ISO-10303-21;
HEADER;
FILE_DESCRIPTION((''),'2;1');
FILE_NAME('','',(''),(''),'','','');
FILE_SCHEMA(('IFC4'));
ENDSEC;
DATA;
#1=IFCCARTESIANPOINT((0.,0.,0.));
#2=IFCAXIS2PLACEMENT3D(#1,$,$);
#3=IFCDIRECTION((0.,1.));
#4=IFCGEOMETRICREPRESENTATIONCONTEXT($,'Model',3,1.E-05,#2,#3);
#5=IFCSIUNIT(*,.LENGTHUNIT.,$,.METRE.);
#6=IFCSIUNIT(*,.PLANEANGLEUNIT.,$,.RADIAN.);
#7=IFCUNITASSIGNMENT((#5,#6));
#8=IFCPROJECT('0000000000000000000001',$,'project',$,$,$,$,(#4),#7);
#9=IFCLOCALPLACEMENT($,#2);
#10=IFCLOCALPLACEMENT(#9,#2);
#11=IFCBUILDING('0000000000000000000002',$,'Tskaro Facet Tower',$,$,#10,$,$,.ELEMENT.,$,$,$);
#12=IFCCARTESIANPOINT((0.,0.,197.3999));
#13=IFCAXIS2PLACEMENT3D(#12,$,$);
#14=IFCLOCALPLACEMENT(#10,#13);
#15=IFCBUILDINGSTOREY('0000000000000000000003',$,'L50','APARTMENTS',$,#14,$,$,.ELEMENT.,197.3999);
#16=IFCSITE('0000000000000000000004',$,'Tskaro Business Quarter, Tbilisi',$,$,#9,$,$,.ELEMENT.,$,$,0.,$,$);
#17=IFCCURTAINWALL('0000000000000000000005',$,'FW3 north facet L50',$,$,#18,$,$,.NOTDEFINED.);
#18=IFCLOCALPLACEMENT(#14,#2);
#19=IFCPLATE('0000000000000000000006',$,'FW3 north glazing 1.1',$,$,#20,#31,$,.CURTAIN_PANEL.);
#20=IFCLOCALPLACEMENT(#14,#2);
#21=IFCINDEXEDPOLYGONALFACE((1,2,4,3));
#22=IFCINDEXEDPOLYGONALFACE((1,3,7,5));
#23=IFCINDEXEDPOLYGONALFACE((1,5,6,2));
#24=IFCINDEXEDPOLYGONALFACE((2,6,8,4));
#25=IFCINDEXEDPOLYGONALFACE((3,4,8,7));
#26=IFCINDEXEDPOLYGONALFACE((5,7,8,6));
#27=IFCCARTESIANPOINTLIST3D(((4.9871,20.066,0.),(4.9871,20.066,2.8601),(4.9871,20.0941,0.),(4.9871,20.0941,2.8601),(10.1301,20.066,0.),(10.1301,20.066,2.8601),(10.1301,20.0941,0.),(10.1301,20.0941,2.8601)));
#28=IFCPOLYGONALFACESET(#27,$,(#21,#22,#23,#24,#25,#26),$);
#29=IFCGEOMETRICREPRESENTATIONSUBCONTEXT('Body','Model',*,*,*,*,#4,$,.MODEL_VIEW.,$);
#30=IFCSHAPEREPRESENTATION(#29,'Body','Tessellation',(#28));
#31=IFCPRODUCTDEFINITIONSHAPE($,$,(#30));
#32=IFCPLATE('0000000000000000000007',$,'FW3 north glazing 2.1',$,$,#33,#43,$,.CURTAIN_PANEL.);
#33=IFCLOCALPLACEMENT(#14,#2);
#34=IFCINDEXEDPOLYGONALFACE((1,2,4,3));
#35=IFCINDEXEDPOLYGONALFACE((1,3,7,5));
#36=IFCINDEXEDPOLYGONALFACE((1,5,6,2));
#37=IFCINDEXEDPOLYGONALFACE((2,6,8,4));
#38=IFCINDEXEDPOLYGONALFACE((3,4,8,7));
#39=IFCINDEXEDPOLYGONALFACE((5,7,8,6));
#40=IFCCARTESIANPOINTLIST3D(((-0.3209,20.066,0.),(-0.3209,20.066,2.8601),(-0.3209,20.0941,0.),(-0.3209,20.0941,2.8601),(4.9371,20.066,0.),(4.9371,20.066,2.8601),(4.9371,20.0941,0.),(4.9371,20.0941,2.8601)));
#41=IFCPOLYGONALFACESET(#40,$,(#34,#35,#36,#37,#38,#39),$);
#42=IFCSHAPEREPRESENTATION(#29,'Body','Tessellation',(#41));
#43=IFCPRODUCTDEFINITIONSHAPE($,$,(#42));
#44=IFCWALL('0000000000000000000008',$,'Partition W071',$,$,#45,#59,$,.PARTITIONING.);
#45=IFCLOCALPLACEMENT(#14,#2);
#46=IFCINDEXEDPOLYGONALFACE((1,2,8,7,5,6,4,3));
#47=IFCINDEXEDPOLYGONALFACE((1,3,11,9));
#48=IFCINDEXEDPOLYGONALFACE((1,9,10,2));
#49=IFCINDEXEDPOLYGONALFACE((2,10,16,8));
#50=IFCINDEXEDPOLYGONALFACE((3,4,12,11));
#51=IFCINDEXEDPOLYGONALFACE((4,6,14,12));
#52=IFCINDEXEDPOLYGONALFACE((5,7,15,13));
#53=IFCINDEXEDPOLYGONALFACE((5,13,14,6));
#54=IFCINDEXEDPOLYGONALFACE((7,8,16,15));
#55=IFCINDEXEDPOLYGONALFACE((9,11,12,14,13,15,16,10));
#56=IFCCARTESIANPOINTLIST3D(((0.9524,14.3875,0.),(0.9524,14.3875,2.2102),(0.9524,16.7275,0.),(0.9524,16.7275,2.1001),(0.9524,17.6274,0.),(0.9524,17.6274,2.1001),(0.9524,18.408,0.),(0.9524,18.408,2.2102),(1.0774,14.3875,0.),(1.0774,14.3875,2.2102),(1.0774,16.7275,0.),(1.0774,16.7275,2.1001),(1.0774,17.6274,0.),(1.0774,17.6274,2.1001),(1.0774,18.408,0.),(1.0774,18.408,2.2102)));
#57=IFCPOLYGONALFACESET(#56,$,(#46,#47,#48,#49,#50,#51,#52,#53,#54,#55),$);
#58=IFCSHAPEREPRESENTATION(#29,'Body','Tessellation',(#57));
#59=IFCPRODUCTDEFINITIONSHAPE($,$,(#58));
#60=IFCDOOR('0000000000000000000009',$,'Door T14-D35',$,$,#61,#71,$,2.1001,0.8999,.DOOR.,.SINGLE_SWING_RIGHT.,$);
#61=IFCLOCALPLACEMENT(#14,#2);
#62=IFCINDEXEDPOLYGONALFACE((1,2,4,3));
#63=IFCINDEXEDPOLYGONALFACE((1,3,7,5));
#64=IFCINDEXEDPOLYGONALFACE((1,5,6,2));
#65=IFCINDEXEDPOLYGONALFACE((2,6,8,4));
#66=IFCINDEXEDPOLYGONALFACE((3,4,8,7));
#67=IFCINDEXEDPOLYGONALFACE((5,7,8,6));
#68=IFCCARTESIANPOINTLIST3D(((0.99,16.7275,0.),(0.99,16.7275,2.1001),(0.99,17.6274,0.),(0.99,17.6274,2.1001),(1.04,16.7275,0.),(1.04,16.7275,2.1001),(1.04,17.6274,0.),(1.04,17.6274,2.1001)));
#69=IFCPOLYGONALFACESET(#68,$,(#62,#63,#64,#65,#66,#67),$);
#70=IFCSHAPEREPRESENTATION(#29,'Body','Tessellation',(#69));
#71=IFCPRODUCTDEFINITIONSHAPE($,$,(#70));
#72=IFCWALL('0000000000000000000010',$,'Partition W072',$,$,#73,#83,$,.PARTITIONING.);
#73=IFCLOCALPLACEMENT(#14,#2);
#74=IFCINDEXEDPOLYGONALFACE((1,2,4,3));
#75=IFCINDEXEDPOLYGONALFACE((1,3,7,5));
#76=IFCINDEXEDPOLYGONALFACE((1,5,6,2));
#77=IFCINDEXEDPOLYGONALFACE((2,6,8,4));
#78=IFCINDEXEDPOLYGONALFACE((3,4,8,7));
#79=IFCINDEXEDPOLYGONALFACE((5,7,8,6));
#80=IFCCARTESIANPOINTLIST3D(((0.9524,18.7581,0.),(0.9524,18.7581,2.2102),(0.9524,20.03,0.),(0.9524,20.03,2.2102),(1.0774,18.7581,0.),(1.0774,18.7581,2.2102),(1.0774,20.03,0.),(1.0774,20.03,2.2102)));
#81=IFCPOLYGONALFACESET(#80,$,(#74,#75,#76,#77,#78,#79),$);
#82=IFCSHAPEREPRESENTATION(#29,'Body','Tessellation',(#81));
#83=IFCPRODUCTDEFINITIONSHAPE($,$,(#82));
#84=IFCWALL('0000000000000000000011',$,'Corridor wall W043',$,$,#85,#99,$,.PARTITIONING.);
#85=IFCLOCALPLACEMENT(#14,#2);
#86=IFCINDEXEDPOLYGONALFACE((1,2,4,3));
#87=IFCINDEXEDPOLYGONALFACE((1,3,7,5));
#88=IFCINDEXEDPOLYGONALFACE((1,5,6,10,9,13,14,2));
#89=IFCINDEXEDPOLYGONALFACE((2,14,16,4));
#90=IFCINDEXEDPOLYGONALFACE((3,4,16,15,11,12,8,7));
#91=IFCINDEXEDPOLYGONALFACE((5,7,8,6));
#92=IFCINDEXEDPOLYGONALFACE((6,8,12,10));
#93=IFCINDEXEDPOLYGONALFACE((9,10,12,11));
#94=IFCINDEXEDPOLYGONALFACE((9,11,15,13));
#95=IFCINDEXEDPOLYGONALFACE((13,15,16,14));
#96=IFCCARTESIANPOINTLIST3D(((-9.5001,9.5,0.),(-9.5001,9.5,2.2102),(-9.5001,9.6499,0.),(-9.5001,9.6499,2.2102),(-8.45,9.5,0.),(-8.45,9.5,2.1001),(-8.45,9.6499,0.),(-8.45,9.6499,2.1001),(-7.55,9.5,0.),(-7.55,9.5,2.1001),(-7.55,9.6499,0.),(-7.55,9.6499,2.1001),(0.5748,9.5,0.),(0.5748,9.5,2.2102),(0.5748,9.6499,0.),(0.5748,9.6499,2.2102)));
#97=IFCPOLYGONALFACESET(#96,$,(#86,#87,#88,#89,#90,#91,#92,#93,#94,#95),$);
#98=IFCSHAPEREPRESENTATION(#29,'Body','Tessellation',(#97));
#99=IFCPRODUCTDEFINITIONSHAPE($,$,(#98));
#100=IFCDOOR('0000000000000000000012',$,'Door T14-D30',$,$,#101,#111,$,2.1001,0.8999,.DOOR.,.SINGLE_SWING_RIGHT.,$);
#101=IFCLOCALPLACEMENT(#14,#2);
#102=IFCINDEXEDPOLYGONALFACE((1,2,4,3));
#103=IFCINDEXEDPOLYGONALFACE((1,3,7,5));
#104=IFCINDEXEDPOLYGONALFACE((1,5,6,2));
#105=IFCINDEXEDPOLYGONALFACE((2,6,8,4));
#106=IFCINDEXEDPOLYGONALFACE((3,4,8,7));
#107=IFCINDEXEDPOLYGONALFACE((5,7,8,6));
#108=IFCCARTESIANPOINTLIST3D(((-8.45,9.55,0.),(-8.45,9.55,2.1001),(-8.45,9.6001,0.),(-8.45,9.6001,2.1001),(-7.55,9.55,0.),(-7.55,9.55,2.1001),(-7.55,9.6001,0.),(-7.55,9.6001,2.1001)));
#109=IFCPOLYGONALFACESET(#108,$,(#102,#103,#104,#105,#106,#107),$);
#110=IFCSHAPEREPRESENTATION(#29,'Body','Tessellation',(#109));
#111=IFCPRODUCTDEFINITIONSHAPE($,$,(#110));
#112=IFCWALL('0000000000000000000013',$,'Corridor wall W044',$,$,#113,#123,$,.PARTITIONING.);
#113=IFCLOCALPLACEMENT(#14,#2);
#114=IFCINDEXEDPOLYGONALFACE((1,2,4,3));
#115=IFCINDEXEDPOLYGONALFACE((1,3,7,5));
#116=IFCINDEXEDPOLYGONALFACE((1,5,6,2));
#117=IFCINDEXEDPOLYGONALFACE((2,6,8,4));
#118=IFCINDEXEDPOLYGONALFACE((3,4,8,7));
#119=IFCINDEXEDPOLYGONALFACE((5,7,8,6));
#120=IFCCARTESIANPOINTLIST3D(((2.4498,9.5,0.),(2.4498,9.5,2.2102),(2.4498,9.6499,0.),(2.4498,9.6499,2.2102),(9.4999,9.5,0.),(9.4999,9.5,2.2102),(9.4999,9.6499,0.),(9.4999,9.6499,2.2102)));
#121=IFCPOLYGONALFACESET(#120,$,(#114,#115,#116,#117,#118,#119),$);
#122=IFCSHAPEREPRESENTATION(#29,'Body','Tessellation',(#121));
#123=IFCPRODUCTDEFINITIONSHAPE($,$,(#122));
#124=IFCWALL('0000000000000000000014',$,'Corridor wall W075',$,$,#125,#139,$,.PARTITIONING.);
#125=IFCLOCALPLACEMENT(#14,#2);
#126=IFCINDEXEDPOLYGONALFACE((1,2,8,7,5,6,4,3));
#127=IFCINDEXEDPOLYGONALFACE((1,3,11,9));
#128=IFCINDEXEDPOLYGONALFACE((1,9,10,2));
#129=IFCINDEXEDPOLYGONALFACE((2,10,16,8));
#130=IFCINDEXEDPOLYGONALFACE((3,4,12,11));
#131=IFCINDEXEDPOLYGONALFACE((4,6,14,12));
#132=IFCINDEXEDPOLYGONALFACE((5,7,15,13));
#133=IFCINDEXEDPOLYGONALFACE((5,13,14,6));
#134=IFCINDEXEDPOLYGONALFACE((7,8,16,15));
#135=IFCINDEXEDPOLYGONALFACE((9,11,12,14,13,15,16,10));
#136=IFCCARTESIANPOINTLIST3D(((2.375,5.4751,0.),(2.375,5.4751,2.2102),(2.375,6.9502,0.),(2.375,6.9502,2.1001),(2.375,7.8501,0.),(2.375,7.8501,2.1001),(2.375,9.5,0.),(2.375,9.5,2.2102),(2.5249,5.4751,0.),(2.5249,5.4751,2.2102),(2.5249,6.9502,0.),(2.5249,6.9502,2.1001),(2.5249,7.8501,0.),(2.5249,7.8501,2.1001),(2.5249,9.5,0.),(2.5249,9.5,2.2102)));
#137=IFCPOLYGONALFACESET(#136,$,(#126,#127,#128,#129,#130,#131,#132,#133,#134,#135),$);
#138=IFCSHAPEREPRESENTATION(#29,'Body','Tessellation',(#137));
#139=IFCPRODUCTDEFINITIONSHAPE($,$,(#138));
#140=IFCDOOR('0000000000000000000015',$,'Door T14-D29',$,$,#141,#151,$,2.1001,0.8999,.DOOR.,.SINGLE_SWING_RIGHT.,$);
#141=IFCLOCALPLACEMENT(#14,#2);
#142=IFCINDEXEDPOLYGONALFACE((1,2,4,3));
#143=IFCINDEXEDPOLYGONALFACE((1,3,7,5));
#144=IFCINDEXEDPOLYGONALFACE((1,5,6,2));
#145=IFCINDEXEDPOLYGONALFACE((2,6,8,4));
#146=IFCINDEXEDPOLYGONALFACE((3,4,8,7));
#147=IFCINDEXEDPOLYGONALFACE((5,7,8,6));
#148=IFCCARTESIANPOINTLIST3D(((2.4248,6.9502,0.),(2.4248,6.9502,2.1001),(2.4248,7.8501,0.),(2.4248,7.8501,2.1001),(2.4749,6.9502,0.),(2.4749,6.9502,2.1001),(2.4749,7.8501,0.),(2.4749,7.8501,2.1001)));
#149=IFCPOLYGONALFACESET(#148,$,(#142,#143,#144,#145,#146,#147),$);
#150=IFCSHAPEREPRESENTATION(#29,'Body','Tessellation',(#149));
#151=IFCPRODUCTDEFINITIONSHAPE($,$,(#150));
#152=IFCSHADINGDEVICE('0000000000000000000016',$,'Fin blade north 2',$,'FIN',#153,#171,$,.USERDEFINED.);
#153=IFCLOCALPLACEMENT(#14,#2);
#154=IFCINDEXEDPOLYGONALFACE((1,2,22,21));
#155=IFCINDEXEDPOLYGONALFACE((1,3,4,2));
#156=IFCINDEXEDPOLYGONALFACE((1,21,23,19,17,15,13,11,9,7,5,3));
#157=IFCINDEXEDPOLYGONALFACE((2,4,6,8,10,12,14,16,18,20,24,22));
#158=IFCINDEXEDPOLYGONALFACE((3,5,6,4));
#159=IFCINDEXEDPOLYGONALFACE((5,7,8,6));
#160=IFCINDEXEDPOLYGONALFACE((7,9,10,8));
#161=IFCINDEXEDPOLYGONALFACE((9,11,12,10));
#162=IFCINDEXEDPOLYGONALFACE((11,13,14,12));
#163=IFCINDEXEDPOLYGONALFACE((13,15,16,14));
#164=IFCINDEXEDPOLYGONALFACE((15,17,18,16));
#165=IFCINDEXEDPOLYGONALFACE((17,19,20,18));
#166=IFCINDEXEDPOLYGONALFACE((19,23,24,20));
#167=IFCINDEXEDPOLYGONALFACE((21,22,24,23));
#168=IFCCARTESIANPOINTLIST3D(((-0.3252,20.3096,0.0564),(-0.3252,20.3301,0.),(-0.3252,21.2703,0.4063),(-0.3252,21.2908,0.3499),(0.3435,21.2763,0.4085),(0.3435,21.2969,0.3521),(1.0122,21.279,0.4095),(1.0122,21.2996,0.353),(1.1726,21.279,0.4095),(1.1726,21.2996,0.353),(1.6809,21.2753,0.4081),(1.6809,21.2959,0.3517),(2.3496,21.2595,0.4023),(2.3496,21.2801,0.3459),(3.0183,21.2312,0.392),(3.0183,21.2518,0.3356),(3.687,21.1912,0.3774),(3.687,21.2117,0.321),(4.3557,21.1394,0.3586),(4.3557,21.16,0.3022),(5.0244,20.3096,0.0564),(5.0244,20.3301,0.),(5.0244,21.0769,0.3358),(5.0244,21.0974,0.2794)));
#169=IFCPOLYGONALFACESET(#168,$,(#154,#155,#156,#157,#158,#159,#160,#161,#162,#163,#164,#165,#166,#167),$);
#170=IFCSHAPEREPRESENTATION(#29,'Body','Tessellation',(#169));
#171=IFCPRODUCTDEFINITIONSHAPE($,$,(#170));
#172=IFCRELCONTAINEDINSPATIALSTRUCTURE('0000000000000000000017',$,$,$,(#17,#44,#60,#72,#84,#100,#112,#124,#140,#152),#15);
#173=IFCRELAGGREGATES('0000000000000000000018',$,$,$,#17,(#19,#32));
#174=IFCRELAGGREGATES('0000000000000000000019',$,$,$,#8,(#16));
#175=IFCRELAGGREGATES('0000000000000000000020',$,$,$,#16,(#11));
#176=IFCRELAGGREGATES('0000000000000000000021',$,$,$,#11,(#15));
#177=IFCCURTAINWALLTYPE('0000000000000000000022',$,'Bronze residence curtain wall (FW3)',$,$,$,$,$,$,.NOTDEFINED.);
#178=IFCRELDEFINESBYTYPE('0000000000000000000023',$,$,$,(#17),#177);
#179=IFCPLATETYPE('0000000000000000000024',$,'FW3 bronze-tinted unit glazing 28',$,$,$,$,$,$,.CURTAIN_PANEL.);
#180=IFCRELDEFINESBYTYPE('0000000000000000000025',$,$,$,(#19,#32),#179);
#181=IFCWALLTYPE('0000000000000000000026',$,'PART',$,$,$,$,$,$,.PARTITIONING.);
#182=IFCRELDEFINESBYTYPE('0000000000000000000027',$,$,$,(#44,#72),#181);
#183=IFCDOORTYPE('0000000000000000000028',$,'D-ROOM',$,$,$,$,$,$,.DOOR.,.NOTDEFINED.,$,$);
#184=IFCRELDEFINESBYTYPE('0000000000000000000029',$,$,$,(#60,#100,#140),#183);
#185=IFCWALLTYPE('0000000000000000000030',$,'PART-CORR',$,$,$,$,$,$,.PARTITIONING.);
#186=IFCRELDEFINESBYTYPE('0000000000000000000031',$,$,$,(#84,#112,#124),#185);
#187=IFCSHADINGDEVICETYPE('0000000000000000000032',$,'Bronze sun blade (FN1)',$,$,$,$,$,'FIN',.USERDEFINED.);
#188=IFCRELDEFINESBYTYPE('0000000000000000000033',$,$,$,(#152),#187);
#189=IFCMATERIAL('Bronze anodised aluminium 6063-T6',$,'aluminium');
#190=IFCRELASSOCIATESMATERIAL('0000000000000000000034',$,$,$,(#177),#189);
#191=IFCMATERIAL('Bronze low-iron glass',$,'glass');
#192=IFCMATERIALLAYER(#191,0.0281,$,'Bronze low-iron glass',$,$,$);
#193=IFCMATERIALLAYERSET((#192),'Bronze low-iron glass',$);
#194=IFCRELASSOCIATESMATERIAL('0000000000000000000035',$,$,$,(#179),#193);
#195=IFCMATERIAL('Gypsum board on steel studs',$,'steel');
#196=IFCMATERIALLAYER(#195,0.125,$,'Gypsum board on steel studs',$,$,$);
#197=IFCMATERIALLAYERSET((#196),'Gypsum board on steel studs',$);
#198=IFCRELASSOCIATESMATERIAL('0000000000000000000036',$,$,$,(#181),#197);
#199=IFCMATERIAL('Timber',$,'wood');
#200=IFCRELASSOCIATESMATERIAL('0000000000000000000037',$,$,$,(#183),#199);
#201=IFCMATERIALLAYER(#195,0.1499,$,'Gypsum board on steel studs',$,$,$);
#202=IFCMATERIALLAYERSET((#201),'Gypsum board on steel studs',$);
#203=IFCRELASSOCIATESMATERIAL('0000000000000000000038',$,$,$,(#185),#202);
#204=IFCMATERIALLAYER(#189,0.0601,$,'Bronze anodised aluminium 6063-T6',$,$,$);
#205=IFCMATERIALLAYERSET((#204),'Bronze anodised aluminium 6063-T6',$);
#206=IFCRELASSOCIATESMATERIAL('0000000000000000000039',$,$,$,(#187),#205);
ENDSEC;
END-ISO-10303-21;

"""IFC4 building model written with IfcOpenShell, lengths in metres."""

from ifc_helpers import new_model, si_unit, direction, frame, frame_2d, origin, origin_2d, place, context, subcontext, project, spatial, polyline, rectangle, outline, extrude, material, layer, layer_set, type_object, element, fill, aggregate, save


model = new_model("IFC4")

# Units and contexts
model_context = context("Model", 3, precision=1e-05, world=origin(), true_north=direction((0.0, 1.0)))
body_context = subcontext(model_context, "Body", "Model", "MODEL_VIEW")
ifc_project = project(units=[si_unit("LENGTHUNIT", "METRE"), si_unit("PLANEANGLEUNIT", "RADIAN")], contexts=[model_context])

# Site, building, storey
site_placement = place(None, origin())
site = spatial("IfcSite", under=ifc_project, at=site_placement, Name="Tskaro Business Quarter, Tbilisi", CompositionType="ELEMENT", RefElevation=0.0)
building_placement = place(site_placement, origin())
building = spatial("IfcBuilding", under=site, at=building_placement, Name="Tskaro Facet Tower", CompositionType="ELEMENT")
storey_placement = place(building_placement, frame((0.0, 0.0, 197.3999)))
storey = spatial("IfcBuildingStorey", under=building, at=storey_placement, Name="L50", Description="APARTMENTS", CompositionType="ELEMENT", Elevation=197.3999)

# Curtain wall
ifc_material_1 = material(Name="Bronze anodised aluminium 6063-T6", Category="aluminium")
curtain_wall_type = type_object("IfcCurtainWallType", Name="Bronze residence curtain wall (FW3)", PredefinedType="NOTDEFINED", material=ifc_material_1)
curtain_wall_placement = place(storey_placement, origin())
curtain_wall = element("IfcCurtainWall", 1, at=curtain_wall_placement, inside=storey, type_object=curtain_wall_type, Name="FW3 north facet L50", PredefinedType="NOTDEFINED")

# Plates
ifc_material_2 = material(Name="Bronze low-iron glass", Category="glass")
ifc_layer_1 = layer(ifc_material_2, 0.0281, Name="Bronze low-iron glass")
ifc_layer_set_1 = layer_set([ifc_layer_1], Name="Bronze low-iron glass")
plate_type = type_object("IfcPlateType", Name="FW3 bronze-tinted unit glazing 28", PredefinedType="CURTAIN_PANEL", material=ifc_layer_set_1)
plate_1_placement = place(storey_placement, frame((7.5586, 20.0801, 0.0), z_axis=(0.0, 0.0, 1.0), x_axis=(-1.0, 0.0, 0.0)))
plate_1 = element("IfcPlate", 2, at=plate_1_placement, type_object=plate_type, Name="FW3 north glazing 1.1", PredefinedType="CURTAIN_PANEL", context=body_context, shape_type="SweptSolid", body=[
    extrude(rectangle(XDim=5.1431, YDim=0.0281, at=origin_2d()), origin(), (0.0, 0.0, 1.0), 2.8601),
])
plate_2_placement = place(storey_placement, frame((2.3081, 20.0801, 0.0), z_axis=(0.0, 0.0, 1.0), x_axis=(-1.0, 0.0, 0.0)))
plate_2 = element("IfcPlate", 3, at=plate_2_placement, type_object=plate_type, Name="FW3 north glazing 2.1", PredefinedType="CURTAIN_PANEL", context=body_context, shape_type="SweptSolid", body=[
    extrude(rectangle(XDim=5.2581, YDim=0.0281, at=origin_2d()), origin(), (0.0, 0.0, 1.0), 2.8601),
])
aggregate(curtain_wall, [plate_1, plate_2])

# Wall, opening, door
ifc_material_3 = material(Name="Gypsum board on steel studs", Category="steel")
ifc_layer_2 = layer(ifc_material_3, 0.125, Name="Gypsum board on steel studs")
ifc_layer_set_2 = layer_set([ifc_layer_2], Name="Gypsum board on steel studs")
wall_type_1 = type_object("IfcWallType", Name="PART", PredefinedType="PARTITIONING", material=ifc_layer_set_2)
wall_1_placement = place(storey_placement, frame((1.0149, 14.3875, 0.0), z_axis=(0.0, 0.0, 1.0), x_axis=(0.0, 1.0, 0.0)))
wall_1 = element("IfcWall", 4, at=wall_1_placement, inside=storey, type_object=wall_type_1, Name="Partition W071", PredefinedType="PARTITIONING", context=body_context, shape_type="SweptSolid", body=[
    extrude(rectangle(XDim=4.0205, YDim=0.125, at=frame_2d((2.0103, 0.0))), origin(), (0.0, 0.0, 1.0), 2.2102),
])
opening_1_placement = place(wall_1_placement, frame((2.3401, 0.0, 0.0)))
opening_1 = element("IfcOpeningElement", 5, at=opening_1_placement, cuts=wall_1, PredefinedType="OPENING", context=body_context, shape_type="SweptSolid", body=[
    extrude(rectangle(XDim=0.8999, YDim=2.1001, at=frame_2d((0.45, 1.05))), frame((0.0, 0.0725, 0.0), z_axis=(0.0, -1.0, 0.0), x_axis=(1.0, 0.0, 0.0)), (0.0, 0.0, 1.0), 0.145),
])
ifc_material_4 = material(Name="Timber", Category="wood")
door_type = type_object("IfcDoorType", Name="D-ROOM", OperationType="NOTDEFINED", PredefinedType="DOOR", material=ifc_material_4)
door_1_placement = place(opening_1_placement, origin())
door_1 = element("IfcDoor", 6, at=door_1_placement, inside=storey, type_object=door_type, Name="Door T14-D35", OperationType="SINGLE_SWING_RIGHT", OverallHeight=2.1001, OverallWidth=0.8999, PredefinedType="DOOR", context=body_context, shape_type="SweptSolid", body=[
    extrude(rectangle(XDim=0.8999, YDim=2.1001, at=frame_2d((0.45, 1.05))), frame((0.0, 0.0249, 0.0), z_axis=(0.0, -1.0, 0.0), x_axis=(1.0, 0.0, 0.0)), (0.0, 0.0, 1.0), 0.05),
])
fill(opening_1, door_1)

# Wall
wall_2_placement = place(storey_placement, frame((1.0149, 18.7581, 0.0), z_axis=(0.0, 0.0, 1.0), x_axis=(0.0, 1.0, 0.0)))
element("IfcWall", 7, at=wall_2_placement, inside=storey, type_object=wall_type_1, Name="Partition W072", PredefinedType="PARTITIONING", context=body_context, shape_type="SweptSolid", body=[
    extrude(rectangle(XDim=1.272, YDim=0.125, at=frame_2d((0.636, 0.0))), origin(), (0.0, 0.0, 1.0), 2.2102),
])

# Wall, opening, door
ifc_layer_3 = layer(ifc_material_3, 0.1499, Name="Gypsum board on steel studs")
ifc_layer_set_3 = layer_set([ifc_layer_3], Name="Gypsum board on steel studs")
wall_type_2 = type_object("IfcWallType", Name="PART-CORR", PredefinedType="PARTITIONING", material=ifc_layer_set_3)
wall_3_placement = place(storey_placement, frame((0.575, 9.575, 0.0), z_axis=(0.0, 0.0, 1.0), x_axis=(-1.0, 0.0, 0.0)))
wall_3 = element("IfcWall", 8, at=wall_3_placement, inside=storey, type_object=wall_type_2, Name="Corridor wall W043", PredefinedType="PARTITIONING", context=body_context, shape_type="SweptSolid", body=[
    extrude(rectangle(XDim=10.075, YDim=0.1499, at=frame_2d((5.0376, 0.0))), origin(), (0.0, 0.0, 1.0), 2.2102),
])
opening_2_placement = place(wall_3_placement, frame((8.125, 0.0, 0.0)))
opening_2 = element("IfcOpeningElement", 9, at=opening_2_placement, cuts=wall_3, PredefinedType="OPENING", context=body_context, shape_type="SweptSolid", body=[
    extrude(rectangle(XDim=0.8999, YDim=2.1001, at=frame_2d((0.45, 1.05))), frame((0.0, 0.085, 0.0), z_axis=(0.0, -1.0, 0.0), x_axis=(1.0, 0.0, 0.0)), (0.0, 0.0, 1.0), 0.1699),
])
door_2_placement = place(opening_2_placement, origin())
door_2 = element("IfcDoor", 10, at=door_2_placement, inside=storey, type_object=door_type, Name="Door T14-D30", OperationType="SINGLE_SWING_RIGHT", OverallHeight=2.1001, OverallWidth=0.8999, PredefinedType="DOOR", context=body_context, shape_type="SweptSolid", body=[
    extrude(rectangle(XDim=0.8999, YDim=2.1001, at=frame_2d((0.45, 1.05))), frame((0.0, 0.0249, 0.0), z_axis=(0.0, -1.0, 0.0), x_axis=(1.0, 0.0, 0.0)), (0.0, 0.0, 1.0), 0.05),
])
fill(opening_2, door_2)

# Wall
wall_4_placement = place(storey_placement, frame((2.45, 9.575, 0.0), z_axis=(0.0, 0.0, 1.0), x_axis=(1.0, 0.0, 0.0)))
element("IfcWall", 11, at=wall_4_placement, inside=storey, type_object=wall_type_2, Name="Corridor wall W044", PredefinedType="PARTITIONING", context=body_context, shape_type="SweptSolid", body=[
    extrude(rectangle(XDim=7.05, YDim=0.1499, at=frame_2d((3.5249, 0.0))), origin(), (0.0, 0.0, 1.0), 2.2102),
])

# Wall, opening, door
wall_5_placement = place(storey_placement, frame((2.45, 9.5, 0.0), z_axis=(0.0, 0.0, 1.0), x_axis=(0.0, -1.0, 0.0)))
wall_5 = element("IfcWall", 12, at=wall_5_placement, inside=storey, type_object=wall_type_2, Name="Corridor wall W075", PredefinedType="PARTITIONING", context=body_context, shape_type="SweptSolid", body=[
    extrude(rectangle(XDim=4.0249, YDim=0.1499, at=frame_2d((2.0125, 0.0))), origin(), (0.0, 0.0, 1.0), 2.2102),
])
opening_3_placement = place(wall_5_placement, frame((1.6499, 0.0, 0.0)))
opening_3 = element("IfcOpeningElement", 13, at=opening_3_placement, cuts=wall_5, PredefinedType="OPENING", context=body_context, shape_type="SweptSolid", body=[
    extrude(rectangle(XDim=0.8999, YDim=2.1001, at=frame_2d((0.45, 1.05))), frame((0.0, 0.085, 0.0), z_axis=(0.0, -1.0, 0.0), x_axis=(1.0, 0.0, 0.0)), (0.0, 0.0, 1.0), 0.1699),
])
door_3_placement = place(opening_3_placement, origin())
door_3 = element("IfcDoor", 14, at=door_3_placement, inside=storey, type_object=door_type, Name="Door T14-D29", OperationType="SINGLE_SWING_RIGHT", OverallHeight=2.1001, OverallWidth=0.8999, PredefinedType="DOOR", context=body_context, shape_type="SweptSolid", body=[
    extrude(rectangle(XDim=0.8999, YDim=2.1001, at=frame_2d((0.45, 1.05))), frame((0.0, 0.0249, 0.0), z_axis=(0.0, -1.0, 0.0), x_axis=(1.0, 0.0, 0.0)), (0.0, 0.0, 1.0), 0.05),
])
fill(opening_3, door_3)

# Shading device
ifc_layer_4 = layer(ifc_material_1, 0.0601, Name="Bronze anodised aluminium 6063-T6")
ifc_layer_set_4 = layer_set([ifc_layer_4], Name="Bronze anodised aluminium 6063-T6")
shading_device_type = type_object("IfcShadingDeviceType", Name="Bronze sun blade (FN1)", ElementType="FIN", PredefinedType="USERDEFINED", material=ifc_layer_set_4)
shading_device_1_placement = place(storey_placement, frame((5.0244, 20.3096, 0.0564), z_axis=(0.000011, -0.342167, 0.939639), x_axis=(-1.0, -0.000004, 0.00001)))
element("IfcShadingDevice", 15, at=shading_device_1_placement, inside=storey, type_object=shading_device_type, Name="Fin blade north 2", ObjectType="FIN", PredefinedType="USERDEFINED", context=body_context, shape_type="SweptSolid", body=[
    extrude(outline(polyline([(0.0, 0.0), (5.3496, 0.0), (5.3496, -1.0224), (4.6809, -1.0289), (4.0122, -1.0318), (3.8518, -1.0318), (3.3435, -1.0278), (2.6748, -1.011), (2.0061, -0.9809), (1.3374, -0.9382), (0.6687, -0.8832), (0.0, -0.8166), (0.0, 0.0)])), origin(), (0.0, 0.0, -1.0), 0.0601),
])

save(model, "model.ifc")
